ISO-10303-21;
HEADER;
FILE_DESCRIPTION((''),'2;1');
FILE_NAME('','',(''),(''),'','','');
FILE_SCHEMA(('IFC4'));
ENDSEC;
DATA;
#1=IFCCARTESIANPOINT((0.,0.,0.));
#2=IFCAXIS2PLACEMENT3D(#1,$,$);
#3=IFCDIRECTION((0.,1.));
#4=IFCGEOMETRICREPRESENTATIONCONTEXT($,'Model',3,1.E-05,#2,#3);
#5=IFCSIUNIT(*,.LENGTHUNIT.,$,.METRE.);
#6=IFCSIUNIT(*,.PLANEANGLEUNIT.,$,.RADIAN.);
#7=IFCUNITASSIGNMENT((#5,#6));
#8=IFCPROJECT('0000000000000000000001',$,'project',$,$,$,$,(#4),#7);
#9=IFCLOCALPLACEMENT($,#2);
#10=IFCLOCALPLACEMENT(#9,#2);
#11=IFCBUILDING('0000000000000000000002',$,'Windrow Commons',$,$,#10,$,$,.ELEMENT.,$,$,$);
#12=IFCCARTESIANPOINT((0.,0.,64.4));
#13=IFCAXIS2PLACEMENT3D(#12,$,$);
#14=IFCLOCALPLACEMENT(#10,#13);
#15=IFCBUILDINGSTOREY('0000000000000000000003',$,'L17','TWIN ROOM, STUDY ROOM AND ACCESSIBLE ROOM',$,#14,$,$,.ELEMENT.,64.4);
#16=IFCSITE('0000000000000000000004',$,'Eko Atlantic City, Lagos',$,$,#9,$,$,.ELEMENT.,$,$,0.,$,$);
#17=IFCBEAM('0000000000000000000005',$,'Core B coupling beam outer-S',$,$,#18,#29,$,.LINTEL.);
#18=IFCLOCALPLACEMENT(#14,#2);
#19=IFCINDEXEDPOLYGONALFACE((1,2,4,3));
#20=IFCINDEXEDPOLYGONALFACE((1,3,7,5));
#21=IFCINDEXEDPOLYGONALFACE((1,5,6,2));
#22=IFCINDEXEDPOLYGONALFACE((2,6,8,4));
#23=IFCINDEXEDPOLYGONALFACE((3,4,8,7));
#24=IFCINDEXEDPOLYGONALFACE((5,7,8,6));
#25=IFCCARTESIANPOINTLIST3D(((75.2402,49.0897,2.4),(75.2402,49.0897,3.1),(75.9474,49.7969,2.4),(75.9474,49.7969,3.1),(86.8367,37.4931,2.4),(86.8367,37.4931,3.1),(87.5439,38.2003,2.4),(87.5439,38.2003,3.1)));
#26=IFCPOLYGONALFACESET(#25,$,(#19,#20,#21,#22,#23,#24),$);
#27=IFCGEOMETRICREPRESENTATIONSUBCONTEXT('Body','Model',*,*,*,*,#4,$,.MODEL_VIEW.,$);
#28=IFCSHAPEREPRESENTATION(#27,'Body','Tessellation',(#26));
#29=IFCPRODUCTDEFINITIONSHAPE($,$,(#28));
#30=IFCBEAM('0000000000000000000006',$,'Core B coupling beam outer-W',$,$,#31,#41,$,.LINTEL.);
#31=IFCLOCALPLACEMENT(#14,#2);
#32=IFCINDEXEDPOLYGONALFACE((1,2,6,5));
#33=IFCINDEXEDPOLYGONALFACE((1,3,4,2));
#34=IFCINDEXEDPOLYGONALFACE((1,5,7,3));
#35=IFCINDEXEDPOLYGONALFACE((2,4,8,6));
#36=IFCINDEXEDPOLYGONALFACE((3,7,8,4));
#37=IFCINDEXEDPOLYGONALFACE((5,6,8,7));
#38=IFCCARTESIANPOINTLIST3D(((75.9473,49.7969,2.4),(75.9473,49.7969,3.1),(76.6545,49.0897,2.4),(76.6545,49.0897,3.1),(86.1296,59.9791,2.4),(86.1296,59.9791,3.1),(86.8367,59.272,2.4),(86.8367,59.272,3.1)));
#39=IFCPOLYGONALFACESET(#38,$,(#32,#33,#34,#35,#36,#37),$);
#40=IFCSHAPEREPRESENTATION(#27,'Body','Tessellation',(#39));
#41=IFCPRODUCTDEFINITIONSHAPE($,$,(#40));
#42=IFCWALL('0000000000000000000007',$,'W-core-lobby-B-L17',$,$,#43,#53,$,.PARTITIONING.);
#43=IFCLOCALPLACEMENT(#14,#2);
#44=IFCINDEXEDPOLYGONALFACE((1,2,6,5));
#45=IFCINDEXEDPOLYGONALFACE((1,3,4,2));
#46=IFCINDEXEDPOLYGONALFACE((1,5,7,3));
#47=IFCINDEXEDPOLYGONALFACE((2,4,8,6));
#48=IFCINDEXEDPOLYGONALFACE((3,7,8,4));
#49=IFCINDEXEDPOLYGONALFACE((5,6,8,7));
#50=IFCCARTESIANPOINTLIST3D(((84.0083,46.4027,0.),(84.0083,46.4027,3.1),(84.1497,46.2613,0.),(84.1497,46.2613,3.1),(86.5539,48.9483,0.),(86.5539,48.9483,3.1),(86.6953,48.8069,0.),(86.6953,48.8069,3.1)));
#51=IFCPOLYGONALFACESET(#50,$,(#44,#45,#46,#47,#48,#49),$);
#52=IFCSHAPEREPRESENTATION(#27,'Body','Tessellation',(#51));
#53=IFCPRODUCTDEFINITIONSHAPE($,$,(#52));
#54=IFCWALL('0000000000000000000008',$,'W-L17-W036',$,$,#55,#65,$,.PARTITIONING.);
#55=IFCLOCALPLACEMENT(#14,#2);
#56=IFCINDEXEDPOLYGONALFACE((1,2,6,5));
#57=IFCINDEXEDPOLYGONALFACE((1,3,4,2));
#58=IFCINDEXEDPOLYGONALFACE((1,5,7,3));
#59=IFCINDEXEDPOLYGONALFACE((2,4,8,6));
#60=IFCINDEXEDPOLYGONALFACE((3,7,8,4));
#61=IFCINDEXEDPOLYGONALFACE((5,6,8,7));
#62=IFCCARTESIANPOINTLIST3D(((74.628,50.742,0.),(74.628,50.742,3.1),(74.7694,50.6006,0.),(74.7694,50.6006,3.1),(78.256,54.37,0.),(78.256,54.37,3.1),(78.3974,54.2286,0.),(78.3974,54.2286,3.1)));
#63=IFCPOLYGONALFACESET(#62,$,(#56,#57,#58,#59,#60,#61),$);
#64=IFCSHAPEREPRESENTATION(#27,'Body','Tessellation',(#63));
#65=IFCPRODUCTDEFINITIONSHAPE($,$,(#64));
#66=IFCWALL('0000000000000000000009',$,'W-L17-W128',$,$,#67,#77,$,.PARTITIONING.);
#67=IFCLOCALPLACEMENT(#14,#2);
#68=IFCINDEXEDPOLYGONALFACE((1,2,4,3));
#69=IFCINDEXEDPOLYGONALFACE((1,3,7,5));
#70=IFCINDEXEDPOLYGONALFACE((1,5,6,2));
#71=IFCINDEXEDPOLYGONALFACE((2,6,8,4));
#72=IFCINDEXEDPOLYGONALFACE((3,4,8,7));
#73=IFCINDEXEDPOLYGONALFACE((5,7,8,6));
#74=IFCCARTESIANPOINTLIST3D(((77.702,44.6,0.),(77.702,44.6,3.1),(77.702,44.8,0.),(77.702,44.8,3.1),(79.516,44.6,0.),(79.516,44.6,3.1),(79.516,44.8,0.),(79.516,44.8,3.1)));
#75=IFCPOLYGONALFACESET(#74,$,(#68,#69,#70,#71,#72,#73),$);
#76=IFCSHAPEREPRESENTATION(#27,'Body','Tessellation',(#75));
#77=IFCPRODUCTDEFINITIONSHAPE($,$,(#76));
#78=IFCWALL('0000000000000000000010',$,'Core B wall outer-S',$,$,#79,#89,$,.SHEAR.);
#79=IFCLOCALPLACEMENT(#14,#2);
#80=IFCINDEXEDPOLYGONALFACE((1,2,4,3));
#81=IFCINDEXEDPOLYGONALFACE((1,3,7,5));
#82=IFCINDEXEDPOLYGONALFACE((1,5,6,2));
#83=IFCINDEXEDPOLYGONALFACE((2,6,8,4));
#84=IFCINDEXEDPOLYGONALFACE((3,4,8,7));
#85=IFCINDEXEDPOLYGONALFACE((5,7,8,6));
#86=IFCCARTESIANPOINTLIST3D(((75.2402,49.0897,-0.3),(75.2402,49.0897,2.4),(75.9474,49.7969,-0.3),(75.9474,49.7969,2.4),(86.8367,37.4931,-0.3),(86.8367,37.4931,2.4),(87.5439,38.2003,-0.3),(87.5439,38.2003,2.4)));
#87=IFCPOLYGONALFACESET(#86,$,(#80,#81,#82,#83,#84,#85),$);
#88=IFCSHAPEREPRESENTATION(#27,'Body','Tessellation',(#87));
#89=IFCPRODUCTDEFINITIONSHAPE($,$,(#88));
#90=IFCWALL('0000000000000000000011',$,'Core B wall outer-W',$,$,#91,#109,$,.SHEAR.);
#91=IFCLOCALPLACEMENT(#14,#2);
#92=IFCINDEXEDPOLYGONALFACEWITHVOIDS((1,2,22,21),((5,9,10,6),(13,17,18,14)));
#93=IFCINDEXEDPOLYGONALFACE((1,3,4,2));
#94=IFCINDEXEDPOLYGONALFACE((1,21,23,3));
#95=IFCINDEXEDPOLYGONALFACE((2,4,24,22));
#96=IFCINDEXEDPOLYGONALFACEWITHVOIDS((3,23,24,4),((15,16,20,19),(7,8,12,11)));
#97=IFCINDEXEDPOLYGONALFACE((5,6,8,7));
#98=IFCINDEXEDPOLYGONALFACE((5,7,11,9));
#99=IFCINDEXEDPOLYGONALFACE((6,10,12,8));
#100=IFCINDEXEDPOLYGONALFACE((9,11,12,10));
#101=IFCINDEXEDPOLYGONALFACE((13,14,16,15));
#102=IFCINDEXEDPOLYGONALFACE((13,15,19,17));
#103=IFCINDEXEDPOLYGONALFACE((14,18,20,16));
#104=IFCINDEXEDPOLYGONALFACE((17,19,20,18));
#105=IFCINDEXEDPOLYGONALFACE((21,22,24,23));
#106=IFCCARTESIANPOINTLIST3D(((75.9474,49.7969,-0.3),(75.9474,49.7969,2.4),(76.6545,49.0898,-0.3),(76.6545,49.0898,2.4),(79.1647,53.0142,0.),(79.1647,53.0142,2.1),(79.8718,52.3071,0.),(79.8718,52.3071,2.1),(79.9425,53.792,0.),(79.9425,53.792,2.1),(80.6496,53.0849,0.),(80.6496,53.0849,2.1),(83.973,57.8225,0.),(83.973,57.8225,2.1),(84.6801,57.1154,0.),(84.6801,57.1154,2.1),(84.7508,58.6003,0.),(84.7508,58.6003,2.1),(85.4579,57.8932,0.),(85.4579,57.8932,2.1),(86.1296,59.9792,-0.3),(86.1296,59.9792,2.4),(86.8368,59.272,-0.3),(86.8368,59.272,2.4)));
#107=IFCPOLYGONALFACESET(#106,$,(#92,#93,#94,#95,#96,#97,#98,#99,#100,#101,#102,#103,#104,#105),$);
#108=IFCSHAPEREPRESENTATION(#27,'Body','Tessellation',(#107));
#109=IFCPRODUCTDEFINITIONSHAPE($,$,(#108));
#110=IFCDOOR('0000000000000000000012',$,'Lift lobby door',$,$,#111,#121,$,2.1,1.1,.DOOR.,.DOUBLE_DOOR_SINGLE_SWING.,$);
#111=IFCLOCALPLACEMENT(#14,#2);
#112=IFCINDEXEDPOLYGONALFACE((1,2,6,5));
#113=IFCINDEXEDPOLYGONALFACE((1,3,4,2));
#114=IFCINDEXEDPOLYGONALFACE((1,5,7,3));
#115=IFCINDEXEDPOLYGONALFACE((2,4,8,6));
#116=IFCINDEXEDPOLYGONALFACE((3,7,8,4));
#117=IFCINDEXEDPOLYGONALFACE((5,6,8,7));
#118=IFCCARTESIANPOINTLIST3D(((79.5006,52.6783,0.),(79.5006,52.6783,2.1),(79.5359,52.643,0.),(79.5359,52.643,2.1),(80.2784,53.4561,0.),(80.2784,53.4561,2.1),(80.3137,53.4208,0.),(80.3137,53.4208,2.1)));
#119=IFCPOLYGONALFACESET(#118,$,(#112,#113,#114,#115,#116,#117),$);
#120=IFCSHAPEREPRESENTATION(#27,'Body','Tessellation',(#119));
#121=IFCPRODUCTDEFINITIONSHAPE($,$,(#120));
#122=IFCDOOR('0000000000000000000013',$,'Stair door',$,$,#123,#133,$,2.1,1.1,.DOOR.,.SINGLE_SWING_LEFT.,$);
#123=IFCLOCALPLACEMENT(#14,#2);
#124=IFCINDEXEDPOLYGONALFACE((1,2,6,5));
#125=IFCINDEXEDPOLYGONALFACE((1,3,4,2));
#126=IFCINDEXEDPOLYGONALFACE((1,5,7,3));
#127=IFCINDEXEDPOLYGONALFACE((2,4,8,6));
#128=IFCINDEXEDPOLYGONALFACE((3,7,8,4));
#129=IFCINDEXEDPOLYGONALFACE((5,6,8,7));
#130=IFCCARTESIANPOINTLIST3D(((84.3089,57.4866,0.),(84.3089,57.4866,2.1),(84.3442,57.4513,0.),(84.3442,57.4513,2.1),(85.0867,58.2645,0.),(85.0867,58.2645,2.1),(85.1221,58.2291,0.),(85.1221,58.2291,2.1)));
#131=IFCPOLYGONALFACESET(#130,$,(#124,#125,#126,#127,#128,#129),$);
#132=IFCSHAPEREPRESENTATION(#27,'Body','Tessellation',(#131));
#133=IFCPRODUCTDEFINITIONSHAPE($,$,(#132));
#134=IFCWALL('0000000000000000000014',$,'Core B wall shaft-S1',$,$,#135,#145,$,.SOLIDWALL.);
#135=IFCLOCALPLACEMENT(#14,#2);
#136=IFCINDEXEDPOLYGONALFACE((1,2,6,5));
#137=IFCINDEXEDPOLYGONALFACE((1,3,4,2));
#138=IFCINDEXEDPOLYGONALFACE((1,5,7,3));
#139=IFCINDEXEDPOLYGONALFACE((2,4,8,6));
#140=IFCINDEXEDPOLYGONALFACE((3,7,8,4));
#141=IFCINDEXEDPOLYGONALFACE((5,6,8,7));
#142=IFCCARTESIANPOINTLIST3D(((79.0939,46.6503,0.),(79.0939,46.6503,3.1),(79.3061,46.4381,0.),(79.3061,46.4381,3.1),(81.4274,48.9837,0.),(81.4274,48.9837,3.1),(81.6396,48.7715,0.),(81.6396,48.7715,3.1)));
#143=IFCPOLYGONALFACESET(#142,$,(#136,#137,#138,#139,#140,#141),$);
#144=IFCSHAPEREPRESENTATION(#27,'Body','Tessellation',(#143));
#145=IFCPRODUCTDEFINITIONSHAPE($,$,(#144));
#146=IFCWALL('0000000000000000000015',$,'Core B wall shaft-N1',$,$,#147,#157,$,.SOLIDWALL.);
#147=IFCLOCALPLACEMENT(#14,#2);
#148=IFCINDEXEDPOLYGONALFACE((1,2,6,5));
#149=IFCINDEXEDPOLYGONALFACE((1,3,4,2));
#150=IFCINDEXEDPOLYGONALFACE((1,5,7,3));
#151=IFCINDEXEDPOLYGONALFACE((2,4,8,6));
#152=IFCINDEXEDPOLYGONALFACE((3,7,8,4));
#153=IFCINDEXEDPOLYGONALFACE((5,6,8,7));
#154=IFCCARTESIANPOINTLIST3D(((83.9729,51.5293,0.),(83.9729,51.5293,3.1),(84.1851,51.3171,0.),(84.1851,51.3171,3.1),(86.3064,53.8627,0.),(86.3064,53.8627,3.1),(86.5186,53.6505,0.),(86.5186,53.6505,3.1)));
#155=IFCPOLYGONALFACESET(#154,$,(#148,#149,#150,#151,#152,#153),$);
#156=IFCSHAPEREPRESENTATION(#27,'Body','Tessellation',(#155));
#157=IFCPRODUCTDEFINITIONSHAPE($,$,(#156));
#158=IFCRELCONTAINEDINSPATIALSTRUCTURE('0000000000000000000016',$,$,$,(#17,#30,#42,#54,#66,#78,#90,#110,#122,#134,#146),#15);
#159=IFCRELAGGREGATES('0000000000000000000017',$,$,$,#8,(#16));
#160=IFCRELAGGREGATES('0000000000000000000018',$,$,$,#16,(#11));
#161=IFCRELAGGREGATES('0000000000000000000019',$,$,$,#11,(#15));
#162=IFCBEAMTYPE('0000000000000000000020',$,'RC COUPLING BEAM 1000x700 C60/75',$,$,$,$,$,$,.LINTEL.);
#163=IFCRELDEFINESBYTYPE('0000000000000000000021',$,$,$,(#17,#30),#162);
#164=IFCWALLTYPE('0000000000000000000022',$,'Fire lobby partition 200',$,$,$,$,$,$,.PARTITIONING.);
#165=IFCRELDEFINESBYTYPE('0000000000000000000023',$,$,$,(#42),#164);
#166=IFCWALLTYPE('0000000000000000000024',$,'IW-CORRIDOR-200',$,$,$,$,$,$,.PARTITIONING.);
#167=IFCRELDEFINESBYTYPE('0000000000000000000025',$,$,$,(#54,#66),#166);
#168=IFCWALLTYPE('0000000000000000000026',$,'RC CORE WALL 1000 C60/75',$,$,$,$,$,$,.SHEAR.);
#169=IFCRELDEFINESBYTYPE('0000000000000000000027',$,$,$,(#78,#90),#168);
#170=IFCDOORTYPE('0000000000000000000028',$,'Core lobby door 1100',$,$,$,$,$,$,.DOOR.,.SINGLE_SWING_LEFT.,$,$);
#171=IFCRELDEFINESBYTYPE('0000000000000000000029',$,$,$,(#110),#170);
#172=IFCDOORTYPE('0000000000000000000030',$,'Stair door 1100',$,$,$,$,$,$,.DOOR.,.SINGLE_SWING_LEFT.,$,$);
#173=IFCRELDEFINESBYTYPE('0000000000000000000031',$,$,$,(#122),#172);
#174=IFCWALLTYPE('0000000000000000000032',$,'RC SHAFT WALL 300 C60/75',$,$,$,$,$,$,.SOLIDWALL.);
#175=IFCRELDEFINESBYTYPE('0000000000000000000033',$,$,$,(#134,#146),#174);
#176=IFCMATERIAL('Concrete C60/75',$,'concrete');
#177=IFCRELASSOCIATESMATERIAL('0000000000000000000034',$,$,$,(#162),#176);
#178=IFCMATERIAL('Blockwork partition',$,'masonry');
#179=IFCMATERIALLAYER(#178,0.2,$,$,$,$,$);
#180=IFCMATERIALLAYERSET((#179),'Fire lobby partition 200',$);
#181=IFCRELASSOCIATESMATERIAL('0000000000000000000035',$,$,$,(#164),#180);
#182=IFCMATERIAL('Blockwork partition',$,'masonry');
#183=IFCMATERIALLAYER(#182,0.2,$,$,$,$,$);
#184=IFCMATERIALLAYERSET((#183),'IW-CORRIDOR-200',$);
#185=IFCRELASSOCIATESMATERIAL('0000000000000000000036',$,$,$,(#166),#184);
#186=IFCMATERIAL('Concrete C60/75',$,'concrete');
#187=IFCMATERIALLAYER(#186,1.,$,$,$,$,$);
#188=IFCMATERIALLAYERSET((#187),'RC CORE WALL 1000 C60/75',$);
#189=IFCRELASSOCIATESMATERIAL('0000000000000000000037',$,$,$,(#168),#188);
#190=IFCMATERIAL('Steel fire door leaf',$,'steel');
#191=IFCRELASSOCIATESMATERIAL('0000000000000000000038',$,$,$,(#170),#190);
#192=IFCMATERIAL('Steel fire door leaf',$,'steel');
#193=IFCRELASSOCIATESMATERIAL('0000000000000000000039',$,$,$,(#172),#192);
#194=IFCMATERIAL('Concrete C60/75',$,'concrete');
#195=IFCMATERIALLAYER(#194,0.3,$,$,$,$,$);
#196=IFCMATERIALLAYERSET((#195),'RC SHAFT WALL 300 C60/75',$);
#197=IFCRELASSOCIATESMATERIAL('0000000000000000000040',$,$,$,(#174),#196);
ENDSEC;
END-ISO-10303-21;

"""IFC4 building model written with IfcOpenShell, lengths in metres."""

from ifc_helpers import new_model, si_unit, direction, frame, frame_2d, origin, origin_2d, place, context, subcontext, project, spatial, rectangle, extrude, material, layer, layer_set, material_profile, profile_set, type_object, element, fill, save


model = new_model("IFC4")

# Units and contexts
model_context = context("Model", 3, precision=1e-05, world=origin(), true_north=direction((0.0, 1.0)))
body_context = subcontext(model_context, "Body", "Model", "MODEL_VIEW")
ifc_project = project(units=[si_unit("LENGTHUNIT", "METRE"), si_unit("PLANEANGLEUNIT", "RADIAN")], contexts=[model_context])

# Site, building, storey
site_placement = place(None, origin())
site = spatial("IfcSite", under=ifc_project, at=site_placement, Name="Eko Atlantic City, Lagos", CompositionType="ELEMENT", RefElevation=0.0)
building_placement = place(site_placement, origin())
building = spatial("IfcBuilding", under=site, at=building_placement, Name="Windrow Commons", CompositionType="ELEMENT")
storey_placement = place(building_placement, frame((0.0, 0.0, 64.4)))
storey = spatial("IfcBuildingStorey", under=building, at=storey_placement, Name="L17", Description="TWIN ROOM, STUDY ROOM AND ACCESSIBLE ROOM", CompositionType="ELEMENT", Elevation=64.4)

# Beams
ifc_material_1 = material(Name="Concrete C60/75", Category="concrete")
ifc_material_profile = material_profile(ifc_material_1, rectangle(XDim=1.0, YDim=0.7, at=origin_2d()))
ifc_profile_set = profile_set([ifc_material_profile], Name="Concrete C60/75")
beam_type = type_object("IfcBeamType", Name="RC COUPLING BEAM 1000x700 C60/75", PredefinedType="LINTEL", material=ifc_profile_set)
beam_1_placement = place(storey_placement, frame((75.5938, 49.4433, 2.75), z_axis=(0.707104, -0.70711, 0.0), x_axis=(0.70711, 0.707104, 0.0)))
element("IfcBeam", 1, at=beam_1_placement, inside=storey, type_object=beam_type, Name="Core B coupling beam outer-S", PredefinedType="LINTEL", context=body_context, shape_type="SweptSolid", body=[
    extrude(rectangle(XDim=1.0, YDim=0.7, at=origin_2d()), origin(), (0.0, 0.0, 1.0), 16.4),
])
beam_2_placement = place(storey_placement, frame((76.3009, 49.4433, 2.75), z_axis=(0.707107, 0.707107, 0.0), x_axis=(-0.707107, 0.707107, 0.0)))
element("IfcBeam", 2, at=beam_2_placement, inside=storey, type_object=beam_type, Name="Core B coupling beam outer-W", PredefinedType="LINTEL", context=body_context, shape_type="SweptSolid", body=[
    extrude(rectangle(XDim=1.0, YDim=0.7, at=origin_2d()), origin(), (0.0, 0.0, 1.0), 14.3999),
])

# Walls
ifc_material_2 = material(Name="Blockwork partition", Category="masonry")
ifc_layer_1 = layer(ifc_material_2, 0.2)
ifc_layer_set_1 = layer_set([ifc_layer_1], Name="Fire lobby partition 200")
wall_type_1 = type_object("IfcWallType", Name="Fire lobby partition 200", PredefinedType="PARTITIONING", material=ifc_layer_set_1)
wall_1_placement = place(storey_placement, frame((84.079, 46.332, 0.0), z_axis=(0.0, 0.0, 1.0), x_axis=(0.707107, 0.707107, 0.0)))
element("IfcWall", 3, at=wall_1_placement, inside=storey, type_object=wall_type_1, Name="W-core-lobby-B-L17", PredefinedType="PARTITIONING", context=body_context, shape_type="SweptSolid", body=[
    extrude(rectangle(XDim=3.6, YDim=0.2, at=frame_2d((1.8, 0.0))), origin(), (0.0, 0.0, 1.0), 3.1),
])
ifc_material_3 = material(Name="Blockwork partition", Category="masonry")
ifc_layer_2 = layer(ifc_material_3, 0.2)
ifc_layer_set_2 = layer_set([ifc_layer_2], Name="IW-CORRIDOR-200")
wall_type_2 = type_object("IfcWallType", Name="IW-CORRIDOR-200", PredefinedType="PARTITIONING", material=ifc_layer_set_2)
wall_2_placement = place(storey_placement, frame((74.6987, 50.6713, 0.0), z_axis=(0.0, 0.0, 1.0), x_axis=(0.707107, 0.707107, 0.0)))
element("IfcWall", 4, at=wall_2_placement, inside=storey, type_object=wall_type_2, Name="W-L17-W036", PredefinedType="PARTITIONING", context=body_context, shape_type="SweptSolid", body=[
    extrude(rectangle(XDim=5.1308, YDim=0.2, at=frame_2d((2.5654, 0.0))), origin(), (0.0, 0.0, 1.0), 3.1),
])
wall_3_placement = place(storey_placement, frame((77.702, 44.7, 0.0), z_axis=(0.0, 0.0, 1.0), x_axis=(1.0, 0.0, 0.0)))
element("IfcWall", 5, at=wall_3_placement, inside=storey, type_object=wall_type_2, Name="W-L17-W128", PredefinedType="PARTITIONING", context=body_context, shape_type="SweptSolid", body=[
    extrude(rectangle(XDim=1.814, YDim=0.2, at=frame_2d((0.907, 0.0))), origin(), (0.0, 0.0, 1.0), 3.1),
])
ifc_material_4 = material(Name="Concrete C60/75", Category="concrete")
ifc_layer_3 = layer(ifc_material_4, 1.0)
ifc_layer_set_3 = layer_set([ifc_layer_3], Name="RC CORE WALL 1000 C60/75")
wall_type_3 = type_object("IfcWallType", Name="RC CORE WALL 1000 C60/75", PredefinedType="SHEAR", material=ifc_layer_set_3)
wall_4_placement = place(storey_placement, frame((75.5938, 49.4433, -0.3), z_axis=(0.0, 0.0, 1.0), x_axis=(0.707104, -0.70711, 0.0)))
element("IfcWall", 6, at=wall_4_placement, inside=storey, type_object=wall_type_3, Name="Core B wall outer-S", PredefinedType="SHEAR", context=body_context, shape_type="SweptSolid", body=[
    extrude(rectangle(XDim=16.4, YDim=1.0, at=frame_2d((8.2, 0.0))), origin(), (0.0, 0.0, 1.0), 2.7),
])

# Wall, openings, doors
wall_5_placement = place(storey_placement, frame((76.3009, 49.4433, -0.3), z_axis=(0.0, 0.0, 1.0), x_axis=(0.707107, 0.707107, 0.0)))
wall_5 = element("IfcWall", 7, at=wall_5_placement, inside=storey, type_object=wall_type_3, Name="Core B wall outer-W", PredefinedType="SHEAR", context=body_context, shape_type="SweptSolid", body=[
    extrude(rectangle(XDim=14.3999, YDim=1.0, at=frame_2d((7.2, 0.0))), origin(), (0.0, 0.0, 1.0), 2.7),
])
opening_1_placement = place(wall_5_placement, frame((4.55, 0.0, 0.3)))
opening_1 = element("IfcOpeningElement", 8, at=opening_1_placement, cuts=wall_5, PredefinedType="OPENING", context=body_context, shape_type="SweptSolid", body=[
    extrude(rectangle(XDim=1.1, YDim=2.1, at=frame_2d((0.55, 1.05))), frame((0.0, 0.51, 0.0), z_axis=(0.0, -1.0, 0.0), x_axis=(1.0, 0.0, 0.0)), (0.0, 0.0, 1.0), 1.02),
])
opening_2_placement = place(wall_5_placement, frame((11.35, 0.0, 0.3)))
opening_2 = element("IfcOpeningElement", 9, at=opening_2_placement, cuts=wall_5, PredefinedType="OPENING", context=body_context, shape_type="SweptSolid", body=[
    extrude(rectangle(XDim=1.1, YDim=2.1, at=frame_2d((0.55, 1.05))), frame((0.0, 0.51, 0.0), z_axis=(0.0, -1.0, 0.0), x_axis=(1.0, 0.0, 0.0)), (0.0, 0.0, 1.0), 1.02),
])
ifc_material_5 = material(Name="Steel fire door leaf", Category="steel")
door_type_1 = type_object("IfcDoorType", Name="Core lobby door 1100", OperationType="SINGLE_SWING_LEFT", PredefinedType="DOOR", material=ifc_material_5)
door_1_placement = place(opening_1_placement, origin())
door_1 = element("IfcDoor", 10, at=door_1_placement, inside=storey, type_object=door_type_1, Name="Lift lobby door", OperationType="DOUBLE_DOOR_SINGLE_SWING", OverallHeight=2.1, OverallWidth=1.1, PredefinedType="DOOR", context=body_context, shape_type="SweptSolid", body=[
    extrude(rectangle(XDim=1.1, YDim=2.1, at=frame_2d((0.55, 1.05))), frame((0.0, 0.025, 0.0), z_axis=(0.0, -1.0, 0.0), x_axis=(1.0, 0.0, 0.0)), (0.0, 0.0, 1.0), 0.05),
])
fill(opening_1, door_1)
ifc_material_6 = material(Name="Steel fire door leaf", Category="steel")
door_type_2 = type_object("IfcDoorType", Name="Stair door 1100", OperationType="SINGLE_SWING_LEFT", PredefinedType="DOOR", material=ifc_material_6)
door_2_placement = place(opening_2_placement, origin())
door_2 = element("IfcDoor", 11, at=door_2_placement, inside=storey, type_object=door_type_2, Name="Stair door", OperationType="SINGLE_SWING_LEFT", OverallHeight=2.1, OverallWidth=1.1, PredefinedType="DOOR", context=body_context, shape_type="SweptSolid", body=[
    extrude(rectangle(XDim=1.1, YDim=2.1, at=frame_2d((0.55, 1.05))), frame((0.0, 0.025, 0.0), z_axis=(0.0, -1.0, 0.0), x_axis=(1.0, 0.0, 0.0)), (0.0, 0.0, 1.0), 0.05),
])
fill(opening_2, door_2)

# Walls
ifc_material_7 = material(Name="Concrete C60/75", Category="concrete")
ifc_layer_4 = layer(ifc_material_7, 0.3)
ifc_layer_set_4 = layer_set([ifc_layer_4], Name="RC SHAFT WALL 300 C60/75")
wall_type_4 = type_object("IfcWallType", Name="RC SHAFT WALL 300 C60/75", PredefinedType="SOLIDWALL", material=ifc_layer_set_4)
for number, where, z_axis, x_axis, name in (
    (12, (79.2, 46.5442, 0.0), (0.0, 0.0, 1.0), (0.707122, 0.707092, 0.0), "Core B wall shaft-S1"),
    (13, (84.079, 51.4232, 0.0), (0.0, 0.0, 1.0), (0.707122, 0.707092, 0.0), "Core B wall shaft-N1"),
):
    element("IfcWall", number, at=place(storey_placement, frame(where, z_axis=z_axis, x_axis=x_axis)), inside=storey, type_object=wall_type_4, Name=name, PredefinedType="SOLIDWALL", context=body_context, shape_type="SweptSolid", body=[
        extrude(rectangle(XDim=3.3, YDim=0.3, at=frame_2d((1.65, 0.0))), origin(), (0.0, 0.0, 1.0), 3.1),
    ])

save(model, "model.ifc")
